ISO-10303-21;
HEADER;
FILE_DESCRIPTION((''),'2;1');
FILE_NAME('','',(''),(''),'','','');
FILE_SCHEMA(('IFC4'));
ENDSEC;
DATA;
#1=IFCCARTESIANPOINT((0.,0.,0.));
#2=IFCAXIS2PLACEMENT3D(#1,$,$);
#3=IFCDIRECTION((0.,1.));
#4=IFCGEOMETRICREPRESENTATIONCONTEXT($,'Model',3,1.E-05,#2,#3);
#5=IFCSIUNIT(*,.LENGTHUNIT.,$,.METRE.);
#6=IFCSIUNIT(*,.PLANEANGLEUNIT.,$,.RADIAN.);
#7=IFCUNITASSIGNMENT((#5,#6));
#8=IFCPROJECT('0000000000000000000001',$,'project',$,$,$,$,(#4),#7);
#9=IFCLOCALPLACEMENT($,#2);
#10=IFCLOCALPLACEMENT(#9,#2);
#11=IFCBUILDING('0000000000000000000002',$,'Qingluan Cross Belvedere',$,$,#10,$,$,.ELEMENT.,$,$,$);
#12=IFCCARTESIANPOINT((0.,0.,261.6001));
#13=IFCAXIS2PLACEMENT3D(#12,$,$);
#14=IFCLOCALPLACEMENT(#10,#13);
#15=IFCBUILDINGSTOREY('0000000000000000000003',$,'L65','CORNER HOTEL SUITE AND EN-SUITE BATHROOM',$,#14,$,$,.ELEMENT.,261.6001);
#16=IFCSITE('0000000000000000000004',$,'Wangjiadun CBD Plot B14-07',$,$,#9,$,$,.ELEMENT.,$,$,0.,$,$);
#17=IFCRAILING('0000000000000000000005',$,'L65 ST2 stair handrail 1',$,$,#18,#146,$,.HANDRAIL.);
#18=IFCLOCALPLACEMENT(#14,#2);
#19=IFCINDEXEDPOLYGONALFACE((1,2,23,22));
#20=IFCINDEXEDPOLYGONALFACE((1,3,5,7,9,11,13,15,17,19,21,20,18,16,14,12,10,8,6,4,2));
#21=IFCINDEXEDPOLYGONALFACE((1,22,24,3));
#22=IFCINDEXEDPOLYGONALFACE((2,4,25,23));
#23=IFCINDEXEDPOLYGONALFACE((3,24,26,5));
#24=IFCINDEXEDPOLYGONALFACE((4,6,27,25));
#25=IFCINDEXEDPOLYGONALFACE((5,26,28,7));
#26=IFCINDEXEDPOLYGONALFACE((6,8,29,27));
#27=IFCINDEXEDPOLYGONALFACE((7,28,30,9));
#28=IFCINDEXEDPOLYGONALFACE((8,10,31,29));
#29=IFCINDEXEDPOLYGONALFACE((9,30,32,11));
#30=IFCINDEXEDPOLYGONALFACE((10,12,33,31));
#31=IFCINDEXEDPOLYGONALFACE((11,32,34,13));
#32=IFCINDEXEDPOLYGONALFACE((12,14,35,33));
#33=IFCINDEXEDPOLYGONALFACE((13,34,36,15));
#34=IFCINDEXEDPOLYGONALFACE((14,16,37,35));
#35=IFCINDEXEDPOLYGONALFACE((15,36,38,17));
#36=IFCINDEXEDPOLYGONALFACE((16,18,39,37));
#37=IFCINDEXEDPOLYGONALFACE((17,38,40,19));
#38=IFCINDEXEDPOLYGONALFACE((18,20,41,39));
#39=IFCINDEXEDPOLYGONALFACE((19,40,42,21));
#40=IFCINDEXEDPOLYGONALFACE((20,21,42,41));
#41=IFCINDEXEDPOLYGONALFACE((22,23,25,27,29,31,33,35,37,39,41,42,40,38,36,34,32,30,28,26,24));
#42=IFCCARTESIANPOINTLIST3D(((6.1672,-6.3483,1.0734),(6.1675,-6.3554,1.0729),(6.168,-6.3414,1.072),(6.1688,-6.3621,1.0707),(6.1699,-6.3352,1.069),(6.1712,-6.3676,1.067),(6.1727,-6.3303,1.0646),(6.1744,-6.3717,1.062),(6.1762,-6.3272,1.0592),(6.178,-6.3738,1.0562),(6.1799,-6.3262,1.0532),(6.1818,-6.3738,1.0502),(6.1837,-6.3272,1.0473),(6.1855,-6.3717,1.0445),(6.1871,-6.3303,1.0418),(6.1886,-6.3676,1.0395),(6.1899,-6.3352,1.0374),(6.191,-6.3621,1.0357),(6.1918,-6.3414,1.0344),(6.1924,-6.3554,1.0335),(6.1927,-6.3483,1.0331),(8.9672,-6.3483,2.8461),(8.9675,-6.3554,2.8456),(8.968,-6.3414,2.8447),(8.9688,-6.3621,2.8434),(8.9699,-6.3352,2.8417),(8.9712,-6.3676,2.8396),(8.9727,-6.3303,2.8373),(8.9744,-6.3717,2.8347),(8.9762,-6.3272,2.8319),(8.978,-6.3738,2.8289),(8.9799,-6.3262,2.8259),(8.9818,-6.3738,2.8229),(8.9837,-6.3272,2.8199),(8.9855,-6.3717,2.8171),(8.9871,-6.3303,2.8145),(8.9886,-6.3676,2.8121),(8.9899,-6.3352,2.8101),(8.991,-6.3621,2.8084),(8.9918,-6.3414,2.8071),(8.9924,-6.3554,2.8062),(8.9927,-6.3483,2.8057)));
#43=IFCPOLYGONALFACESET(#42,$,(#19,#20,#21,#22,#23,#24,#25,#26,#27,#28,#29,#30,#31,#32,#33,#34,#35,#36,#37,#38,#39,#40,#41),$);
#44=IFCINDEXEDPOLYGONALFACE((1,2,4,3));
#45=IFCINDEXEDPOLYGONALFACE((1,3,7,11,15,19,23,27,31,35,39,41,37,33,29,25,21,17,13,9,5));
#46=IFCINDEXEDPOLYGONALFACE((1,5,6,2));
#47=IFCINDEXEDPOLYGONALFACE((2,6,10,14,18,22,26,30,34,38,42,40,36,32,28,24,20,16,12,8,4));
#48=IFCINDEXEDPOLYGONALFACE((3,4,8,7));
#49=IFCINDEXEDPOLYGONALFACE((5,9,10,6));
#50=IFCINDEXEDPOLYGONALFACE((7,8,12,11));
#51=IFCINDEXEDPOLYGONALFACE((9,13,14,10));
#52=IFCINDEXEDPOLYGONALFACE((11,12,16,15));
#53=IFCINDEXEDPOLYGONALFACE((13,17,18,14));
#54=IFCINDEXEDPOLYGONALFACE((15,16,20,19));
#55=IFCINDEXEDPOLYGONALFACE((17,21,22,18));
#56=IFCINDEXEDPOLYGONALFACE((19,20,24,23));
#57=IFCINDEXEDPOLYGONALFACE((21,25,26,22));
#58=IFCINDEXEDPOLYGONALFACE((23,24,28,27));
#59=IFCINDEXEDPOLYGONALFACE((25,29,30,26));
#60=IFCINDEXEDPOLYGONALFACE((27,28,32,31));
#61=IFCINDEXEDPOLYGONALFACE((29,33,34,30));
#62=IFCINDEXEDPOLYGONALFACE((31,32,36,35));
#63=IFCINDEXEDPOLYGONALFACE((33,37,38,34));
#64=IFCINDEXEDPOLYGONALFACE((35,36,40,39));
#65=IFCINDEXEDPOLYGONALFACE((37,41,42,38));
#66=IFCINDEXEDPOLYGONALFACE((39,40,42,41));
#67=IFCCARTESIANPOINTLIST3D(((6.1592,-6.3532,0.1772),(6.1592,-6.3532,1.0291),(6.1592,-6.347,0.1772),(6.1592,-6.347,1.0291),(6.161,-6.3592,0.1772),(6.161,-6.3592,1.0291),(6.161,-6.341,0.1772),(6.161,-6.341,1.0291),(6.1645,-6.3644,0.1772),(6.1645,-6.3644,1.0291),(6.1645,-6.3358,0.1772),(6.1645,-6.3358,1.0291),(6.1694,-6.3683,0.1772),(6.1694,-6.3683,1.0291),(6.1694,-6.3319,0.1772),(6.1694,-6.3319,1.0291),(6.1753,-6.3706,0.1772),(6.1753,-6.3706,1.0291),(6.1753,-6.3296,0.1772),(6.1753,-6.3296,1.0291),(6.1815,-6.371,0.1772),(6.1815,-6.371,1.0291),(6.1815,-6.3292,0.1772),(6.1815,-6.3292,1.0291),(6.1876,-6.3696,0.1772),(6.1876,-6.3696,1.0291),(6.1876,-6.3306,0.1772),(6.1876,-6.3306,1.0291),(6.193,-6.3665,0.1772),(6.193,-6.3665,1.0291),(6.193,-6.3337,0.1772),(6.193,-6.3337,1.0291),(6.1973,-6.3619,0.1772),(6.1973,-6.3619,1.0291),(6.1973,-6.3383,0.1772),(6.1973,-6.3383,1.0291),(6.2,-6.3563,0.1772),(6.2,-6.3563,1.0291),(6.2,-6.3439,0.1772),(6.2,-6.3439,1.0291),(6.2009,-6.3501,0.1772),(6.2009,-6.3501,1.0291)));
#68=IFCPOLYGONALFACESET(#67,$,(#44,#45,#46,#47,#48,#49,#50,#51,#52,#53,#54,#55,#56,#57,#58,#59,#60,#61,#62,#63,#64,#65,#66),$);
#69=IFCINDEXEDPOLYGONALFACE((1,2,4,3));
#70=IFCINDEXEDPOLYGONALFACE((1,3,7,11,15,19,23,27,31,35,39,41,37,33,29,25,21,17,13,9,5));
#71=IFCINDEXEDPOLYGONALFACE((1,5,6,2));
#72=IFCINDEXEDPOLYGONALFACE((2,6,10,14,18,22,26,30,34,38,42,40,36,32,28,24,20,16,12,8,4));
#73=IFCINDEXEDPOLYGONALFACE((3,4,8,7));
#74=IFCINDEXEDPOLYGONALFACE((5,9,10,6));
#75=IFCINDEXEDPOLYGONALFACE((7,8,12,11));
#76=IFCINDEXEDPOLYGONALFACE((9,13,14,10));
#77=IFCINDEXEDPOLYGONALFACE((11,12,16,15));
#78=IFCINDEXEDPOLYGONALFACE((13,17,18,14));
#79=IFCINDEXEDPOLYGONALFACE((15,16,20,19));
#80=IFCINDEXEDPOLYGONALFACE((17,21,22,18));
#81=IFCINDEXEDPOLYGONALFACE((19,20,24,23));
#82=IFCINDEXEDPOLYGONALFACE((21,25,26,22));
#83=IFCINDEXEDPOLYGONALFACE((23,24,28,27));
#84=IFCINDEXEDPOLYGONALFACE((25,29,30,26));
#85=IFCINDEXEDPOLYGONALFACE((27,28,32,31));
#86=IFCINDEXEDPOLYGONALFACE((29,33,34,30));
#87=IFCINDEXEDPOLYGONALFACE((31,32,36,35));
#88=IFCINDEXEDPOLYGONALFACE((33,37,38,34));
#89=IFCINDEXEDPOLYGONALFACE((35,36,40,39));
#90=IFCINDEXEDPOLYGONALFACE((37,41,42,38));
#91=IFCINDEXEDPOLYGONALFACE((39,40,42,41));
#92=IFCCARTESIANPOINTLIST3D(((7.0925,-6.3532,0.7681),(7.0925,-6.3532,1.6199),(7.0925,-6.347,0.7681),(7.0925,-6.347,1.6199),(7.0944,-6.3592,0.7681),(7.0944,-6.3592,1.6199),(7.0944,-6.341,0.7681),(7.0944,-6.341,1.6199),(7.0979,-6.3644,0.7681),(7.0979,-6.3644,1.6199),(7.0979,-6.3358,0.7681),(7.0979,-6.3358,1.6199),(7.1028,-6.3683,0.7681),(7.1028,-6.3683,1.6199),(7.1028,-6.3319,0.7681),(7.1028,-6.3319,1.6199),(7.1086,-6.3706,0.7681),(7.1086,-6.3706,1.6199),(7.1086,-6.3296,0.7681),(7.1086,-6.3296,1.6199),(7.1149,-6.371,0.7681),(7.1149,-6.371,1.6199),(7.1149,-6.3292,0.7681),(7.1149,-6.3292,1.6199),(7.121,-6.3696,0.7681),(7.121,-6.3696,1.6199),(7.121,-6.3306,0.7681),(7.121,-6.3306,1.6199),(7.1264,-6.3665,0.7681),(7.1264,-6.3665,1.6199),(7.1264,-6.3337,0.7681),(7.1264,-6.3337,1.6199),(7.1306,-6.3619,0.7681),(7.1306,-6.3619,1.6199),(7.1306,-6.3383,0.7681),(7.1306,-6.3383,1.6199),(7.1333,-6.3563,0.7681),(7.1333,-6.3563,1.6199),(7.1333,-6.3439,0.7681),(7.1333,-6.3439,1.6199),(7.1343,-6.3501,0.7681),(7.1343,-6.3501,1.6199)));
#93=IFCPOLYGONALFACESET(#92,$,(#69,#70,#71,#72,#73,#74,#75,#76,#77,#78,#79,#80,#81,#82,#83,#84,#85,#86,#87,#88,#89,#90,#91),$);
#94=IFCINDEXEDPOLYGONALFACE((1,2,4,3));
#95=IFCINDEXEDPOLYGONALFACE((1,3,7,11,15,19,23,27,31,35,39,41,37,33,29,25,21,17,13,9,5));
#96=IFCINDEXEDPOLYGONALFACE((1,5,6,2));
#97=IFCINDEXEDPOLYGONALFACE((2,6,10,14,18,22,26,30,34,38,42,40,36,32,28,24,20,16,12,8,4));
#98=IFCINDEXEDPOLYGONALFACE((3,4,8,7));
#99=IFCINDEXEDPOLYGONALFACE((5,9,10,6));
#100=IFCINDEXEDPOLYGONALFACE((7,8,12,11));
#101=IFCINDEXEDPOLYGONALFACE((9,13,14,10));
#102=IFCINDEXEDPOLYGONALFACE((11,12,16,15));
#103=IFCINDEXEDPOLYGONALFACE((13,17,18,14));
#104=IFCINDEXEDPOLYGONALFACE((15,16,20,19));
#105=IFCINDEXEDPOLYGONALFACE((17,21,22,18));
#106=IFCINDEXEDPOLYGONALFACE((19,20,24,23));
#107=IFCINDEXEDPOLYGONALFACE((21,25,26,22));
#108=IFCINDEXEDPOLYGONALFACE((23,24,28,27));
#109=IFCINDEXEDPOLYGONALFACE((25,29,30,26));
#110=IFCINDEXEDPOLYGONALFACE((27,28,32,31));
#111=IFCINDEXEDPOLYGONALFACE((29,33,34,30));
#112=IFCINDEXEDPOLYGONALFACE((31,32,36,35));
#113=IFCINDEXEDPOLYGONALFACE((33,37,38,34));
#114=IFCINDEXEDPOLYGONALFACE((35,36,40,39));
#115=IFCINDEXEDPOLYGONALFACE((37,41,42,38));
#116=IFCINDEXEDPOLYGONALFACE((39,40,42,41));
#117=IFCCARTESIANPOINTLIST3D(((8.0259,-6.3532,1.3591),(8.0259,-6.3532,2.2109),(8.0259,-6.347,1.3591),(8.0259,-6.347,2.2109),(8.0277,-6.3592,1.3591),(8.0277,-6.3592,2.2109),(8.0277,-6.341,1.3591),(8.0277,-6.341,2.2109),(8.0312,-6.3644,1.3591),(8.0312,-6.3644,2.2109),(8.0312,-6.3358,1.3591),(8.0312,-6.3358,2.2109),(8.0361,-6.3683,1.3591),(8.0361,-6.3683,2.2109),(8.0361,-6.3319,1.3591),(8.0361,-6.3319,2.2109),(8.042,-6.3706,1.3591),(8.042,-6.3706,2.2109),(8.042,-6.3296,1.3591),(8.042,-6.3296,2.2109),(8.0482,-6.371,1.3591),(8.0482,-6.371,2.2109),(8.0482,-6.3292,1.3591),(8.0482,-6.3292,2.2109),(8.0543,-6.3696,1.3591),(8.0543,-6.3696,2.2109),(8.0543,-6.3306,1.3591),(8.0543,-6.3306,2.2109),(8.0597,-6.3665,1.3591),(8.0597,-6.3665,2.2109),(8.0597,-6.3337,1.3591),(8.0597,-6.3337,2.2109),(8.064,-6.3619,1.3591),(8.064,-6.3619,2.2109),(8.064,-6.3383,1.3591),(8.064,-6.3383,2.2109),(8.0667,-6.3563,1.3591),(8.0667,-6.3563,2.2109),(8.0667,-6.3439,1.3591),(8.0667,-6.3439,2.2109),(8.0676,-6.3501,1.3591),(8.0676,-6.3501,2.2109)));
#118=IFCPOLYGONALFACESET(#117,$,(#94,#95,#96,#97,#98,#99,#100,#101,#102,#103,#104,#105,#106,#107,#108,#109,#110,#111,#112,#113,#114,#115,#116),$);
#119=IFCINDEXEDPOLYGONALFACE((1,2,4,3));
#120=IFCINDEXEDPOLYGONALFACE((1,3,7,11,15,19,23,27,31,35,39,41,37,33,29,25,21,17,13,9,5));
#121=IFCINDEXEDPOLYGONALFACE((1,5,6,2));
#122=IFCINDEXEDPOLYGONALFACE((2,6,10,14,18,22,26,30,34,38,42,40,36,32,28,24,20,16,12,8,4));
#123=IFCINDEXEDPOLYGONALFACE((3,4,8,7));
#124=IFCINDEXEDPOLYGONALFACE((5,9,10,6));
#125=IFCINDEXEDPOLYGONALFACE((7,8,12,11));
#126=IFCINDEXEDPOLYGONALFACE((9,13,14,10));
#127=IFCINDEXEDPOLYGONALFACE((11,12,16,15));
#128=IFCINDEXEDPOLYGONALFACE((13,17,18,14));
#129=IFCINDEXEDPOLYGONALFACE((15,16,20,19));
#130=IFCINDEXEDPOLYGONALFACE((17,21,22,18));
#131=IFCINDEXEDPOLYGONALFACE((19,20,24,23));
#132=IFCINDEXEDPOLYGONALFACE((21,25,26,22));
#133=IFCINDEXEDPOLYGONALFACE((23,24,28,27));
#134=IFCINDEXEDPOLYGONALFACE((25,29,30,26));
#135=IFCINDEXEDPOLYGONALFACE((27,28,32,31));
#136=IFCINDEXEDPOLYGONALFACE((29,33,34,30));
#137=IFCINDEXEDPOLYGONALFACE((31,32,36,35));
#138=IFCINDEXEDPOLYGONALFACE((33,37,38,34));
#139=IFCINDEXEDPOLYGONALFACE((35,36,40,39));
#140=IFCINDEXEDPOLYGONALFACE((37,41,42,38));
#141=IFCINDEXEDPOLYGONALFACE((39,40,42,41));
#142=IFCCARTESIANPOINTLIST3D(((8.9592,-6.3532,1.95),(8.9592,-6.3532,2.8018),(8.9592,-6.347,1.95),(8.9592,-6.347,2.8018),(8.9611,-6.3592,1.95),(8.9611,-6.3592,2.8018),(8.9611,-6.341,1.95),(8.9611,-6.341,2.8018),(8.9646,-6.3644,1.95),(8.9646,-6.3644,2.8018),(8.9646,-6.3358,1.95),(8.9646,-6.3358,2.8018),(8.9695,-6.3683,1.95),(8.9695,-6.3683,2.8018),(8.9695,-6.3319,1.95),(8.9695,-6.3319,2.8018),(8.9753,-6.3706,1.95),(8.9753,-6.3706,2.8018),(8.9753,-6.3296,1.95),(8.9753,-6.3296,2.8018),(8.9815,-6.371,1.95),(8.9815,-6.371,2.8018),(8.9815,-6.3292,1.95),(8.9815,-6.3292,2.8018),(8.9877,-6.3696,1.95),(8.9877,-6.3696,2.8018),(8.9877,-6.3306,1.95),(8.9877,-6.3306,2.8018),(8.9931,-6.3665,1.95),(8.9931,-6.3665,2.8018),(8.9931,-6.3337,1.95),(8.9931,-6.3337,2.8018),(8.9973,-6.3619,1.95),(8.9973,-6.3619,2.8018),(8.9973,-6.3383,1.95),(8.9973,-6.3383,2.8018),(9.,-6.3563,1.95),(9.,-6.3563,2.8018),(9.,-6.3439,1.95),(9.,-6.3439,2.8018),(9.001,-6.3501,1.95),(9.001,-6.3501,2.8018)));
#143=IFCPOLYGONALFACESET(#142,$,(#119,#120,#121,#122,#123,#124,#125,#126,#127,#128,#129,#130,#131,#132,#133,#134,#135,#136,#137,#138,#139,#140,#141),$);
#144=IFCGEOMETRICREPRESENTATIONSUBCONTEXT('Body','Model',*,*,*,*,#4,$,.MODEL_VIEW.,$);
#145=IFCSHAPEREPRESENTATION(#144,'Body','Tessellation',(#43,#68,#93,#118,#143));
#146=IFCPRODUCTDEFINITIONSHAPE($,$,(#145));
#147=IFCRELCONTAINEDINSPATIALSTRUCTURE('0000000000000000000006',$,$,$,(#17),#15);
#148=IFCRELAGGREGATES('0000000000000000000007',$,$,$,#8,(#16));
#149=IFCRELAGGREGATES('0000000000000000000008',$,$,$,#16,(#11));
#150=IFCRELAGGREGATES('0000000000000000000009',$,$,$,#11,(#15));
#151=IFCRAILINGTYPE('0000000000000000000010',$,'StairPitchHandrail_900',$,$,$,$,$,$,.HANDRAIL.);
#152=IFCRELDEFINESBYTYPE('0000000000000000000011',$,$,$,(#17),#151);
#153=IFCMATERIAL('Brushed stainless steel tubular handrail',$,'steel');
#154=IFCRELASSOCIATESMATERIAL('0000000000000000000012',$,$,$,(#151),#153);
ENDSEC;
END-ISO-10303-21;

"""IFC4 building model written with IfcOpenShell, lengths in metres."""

from ifc_helpers import new_model, si_unit, direction, frame, origin, origin_2d, place, context, subcontext, project, spatial, circle, extrude, material, type_object, element, save


model = new_model("IFC4")

# Units and contexts
model_context = context("Model", 3, precision=1e-05, world=origin(), true_north=direction((0.0, 1.0)))
body_context = subcontext(model_context, "Body", "Model", "MODEL_VIEW")
ifc_project = project(units=[si_unit("LENGTHUNIT", "METRE"), si_unit("PLANEANGLEUNIT", "RADIAN")], contexts=[model_context])

# Site, building, storey
site_placement = place(None, origin())
site = spatial("IfcSite", under=ifc_project, at=site_placement, Name="Wangjiadun CBD Plot B14-07", CompositionType="ELEMENT", RefElevation=0.0)
building_placement = place(site_placement, origin())
building = spatial("IfcBuilding", under=site, at=building_placement, Name="Qingluan Cross Belvedere", CompositionType="ELEMENT")
storey_placement = place(building_placement, frame((0.0, 0.0, 261.6001)))
storey = spatial("IfcBuildingStorey", under=building, at=storey_placement, Name="L65", Description="CORNER HOTEL SUITE AND EN-SUITE BATHROOM", CompositionType="ELEMENT", Elevation=261.6001)

# Railing
ifc_material_1 = material(Name="Brushed stainless steel tubular handrail", Category="steel")
railing_type_1 = type_object("IfcRailingType", Name="StairPitchHandrail_900", PredefinedType="HANDRAIL", material=ifc_material_1)
railing_1_placement = place(storey_placement, frame((6.1799, -6.3501, 0.1772)))
element("IfcRailing", 1, at=railing_1_placement, inside=storey, type_object=railing_type_1, Name="L65 ST2 stair handrail 1", PredefinedType="HANDRAIL", context=body_context, shape_type="SweptSolid", body=[
    extrude(circle(Radius=0.0239, at=origin_2d()), frame((0.0, 0.0, 0.876), z_axis=(0.844909, 0.0, 0.53491), x_axis=(0.0, 1.0, 0.0)), (0.0, 0.0, 1.0), 3.314),
    extrude(circle(Radius=0.021, at=origin_2d()), origin(), (0.0, 0.0, 1.0), 0.8518),
    extrude(circle(Radius=0.021, at=origin_2d()), frame((0.9333, 0.0, 0.5908)), (0.0, 0.0, 1.0), 0.8518),
    extrude(circle(Radius=0.021, at=origin_2d()), frame((1.8667, 0.0, 1.1819)), (0.0, 0.0, 1.0), 0.8518),
    extrude(circle(Radius=0.021, at=origin_2d()), frame((2.8, 0.0, 1.7727)), (0.0, 0.0, 1.0), 0.8518),
])

save(model, "model.ifc")
